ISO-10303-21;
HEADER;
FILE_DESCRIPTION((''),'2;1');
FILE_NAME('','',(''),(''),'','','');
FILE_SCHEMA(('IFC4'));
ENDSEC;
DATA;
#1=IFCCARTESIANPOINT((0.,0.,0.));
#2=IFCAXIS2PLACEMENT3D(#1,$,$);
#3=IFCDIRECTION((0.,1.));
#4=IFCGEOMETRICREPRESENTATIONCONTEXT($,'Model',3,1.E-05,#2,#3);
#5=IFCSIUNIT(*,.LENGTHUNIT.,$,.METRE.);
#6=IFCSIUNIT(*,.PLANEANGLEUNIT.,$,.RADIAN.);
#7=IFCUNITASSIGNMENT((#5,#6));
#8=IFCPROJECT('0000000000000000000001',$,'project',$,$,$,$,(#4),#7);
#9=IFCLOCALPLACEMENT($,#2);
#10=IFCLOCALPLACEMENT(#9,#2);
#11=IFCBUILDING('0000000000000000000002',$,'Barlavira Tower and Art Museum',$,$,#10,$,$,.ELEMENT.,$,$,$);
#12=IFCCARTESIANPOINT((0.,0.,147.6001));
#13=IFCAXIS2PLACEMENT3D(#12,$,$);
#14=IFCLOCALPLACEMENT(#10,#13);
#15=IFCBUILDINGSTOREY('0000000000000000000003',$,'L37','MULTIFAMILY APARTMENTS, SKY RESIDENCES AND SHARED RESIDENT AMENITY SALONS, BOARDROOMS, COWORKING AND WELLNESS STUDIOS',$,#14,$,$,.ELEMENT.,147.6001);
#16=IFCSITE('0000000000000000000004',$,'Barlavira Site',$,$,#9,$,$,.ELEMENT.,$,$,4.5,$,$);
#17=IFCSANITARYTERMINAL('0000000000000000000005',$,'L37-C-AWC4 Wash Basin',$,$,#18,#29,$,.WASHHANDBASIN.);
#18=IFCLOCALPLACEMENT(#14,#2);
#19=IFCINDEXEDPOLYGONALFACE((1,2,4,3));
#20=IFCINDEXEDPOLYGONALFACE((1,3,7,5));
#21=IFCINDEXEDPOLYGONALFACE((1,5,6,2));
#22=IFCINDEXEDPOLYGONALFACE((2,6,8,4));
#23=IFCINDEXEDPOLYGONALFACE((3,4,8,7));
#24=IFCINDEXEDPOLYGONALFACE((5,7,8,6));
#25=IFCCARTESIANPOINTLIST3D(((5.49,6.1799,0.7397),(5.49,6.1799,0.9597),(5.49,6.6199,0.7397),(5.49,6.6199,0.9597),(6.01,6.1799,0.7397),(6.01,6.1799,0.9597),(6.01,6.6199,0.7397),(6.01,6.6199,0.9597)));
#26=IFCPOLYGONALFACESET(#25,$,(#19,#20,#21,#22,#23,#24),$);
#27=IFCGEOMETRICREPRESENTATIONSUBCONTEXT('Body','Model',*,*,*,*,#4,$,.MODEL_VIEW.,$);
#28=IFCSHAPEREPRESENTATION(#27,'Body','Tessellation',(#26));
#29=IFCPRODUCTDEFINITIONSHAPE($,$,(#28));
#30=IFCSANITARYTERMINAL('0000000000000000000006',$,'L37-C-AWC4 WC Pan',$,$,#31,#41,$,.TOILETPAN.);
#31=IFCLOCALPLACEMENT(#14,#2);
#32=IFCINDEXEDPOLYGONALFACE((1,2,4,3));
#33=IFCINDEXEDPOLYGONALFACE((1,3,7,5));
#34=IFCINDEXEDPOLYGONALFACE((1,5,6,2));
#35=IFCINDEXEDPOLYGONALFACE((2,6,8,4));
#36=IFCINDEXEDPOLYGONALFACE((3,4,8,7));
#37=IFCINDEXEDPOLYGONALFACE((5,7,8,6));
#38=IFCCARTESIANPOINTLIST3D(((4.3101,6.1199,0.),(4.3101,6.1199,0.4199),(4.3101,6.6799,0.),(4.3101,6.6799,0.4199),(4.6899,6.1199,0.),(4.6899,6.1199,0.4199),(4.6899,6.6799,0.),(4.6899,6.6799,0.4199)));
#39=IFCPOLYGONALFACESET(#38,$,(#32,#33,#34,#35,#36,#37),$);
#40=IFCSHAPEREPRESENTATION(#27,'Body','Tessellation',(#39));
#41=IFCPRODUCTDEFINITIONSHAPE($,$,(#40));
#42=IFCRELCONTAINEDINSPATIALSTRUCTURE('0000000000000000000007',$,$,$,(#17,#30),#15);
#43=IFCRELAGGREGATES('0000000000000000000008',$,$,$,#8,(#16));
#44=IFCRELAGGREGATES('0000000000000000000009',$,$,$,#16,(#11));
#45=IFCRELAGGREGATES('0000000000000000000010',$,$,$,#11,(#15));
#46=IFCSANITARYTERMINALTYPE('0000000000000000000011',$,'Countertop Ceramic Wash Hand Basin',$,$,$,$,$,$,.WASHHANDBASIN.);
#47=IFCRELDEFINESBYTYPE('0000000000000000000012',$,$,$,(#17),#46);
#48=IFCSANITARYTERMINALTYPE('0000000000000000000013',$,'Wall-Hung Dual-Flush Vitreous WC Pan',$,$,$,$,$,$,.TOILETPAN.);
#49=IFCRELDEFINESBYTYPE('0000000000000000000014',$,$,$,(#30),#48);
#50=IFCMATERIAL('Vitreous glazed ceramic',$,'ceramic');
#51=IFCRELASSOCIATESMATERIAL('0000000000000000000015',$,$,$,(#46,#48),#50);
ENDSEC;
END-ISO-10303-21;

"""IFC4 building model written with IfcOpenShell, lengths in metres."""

from ifc_helpers import new_model, si_unit, direction, frame, origin, origin_2d, place, context, subcontext, project, spatial, rectangle, extrude, material, type_object, element, save


model = new_model("IFC4")

# Units and contexts
model_context = context("Model", 3, precision=1e-05, world=origin(), true_north=direction((0.0, 1.0)))
body_context = subcontext(model_context, "Body", "Model", "MODEL_VIEW")
ifc_project = project(units=[si_unit("LENGTHUNIT", "METRE"), si_unit("PLANEANGLEUNIT", "RADIAN")], contexts=[model_context])

# Site, building, storey
site_placement = place(None, origin())
site = spatial("IfcSite", under=ifc_project, at=site_placement, Name="Barlavira Site", CompositionType="ELEMENT", RefElevation=4.5)
building_placement = place(site_placement, origin())
building = spatial("IfcBuilding", under=site, at=building_placement, Name="Barlavira Tower and Art Museum", CompositionType="ELEMENT")
storey_placement = place(building_placement, frame((0.0, 0.0, 147.6001)))
storey = spatial("IfcBuildingStorey", under=building, at=storey_placement, Name="L37", Description="MULTIFAMILY APARTMENTS, SKY RESIDENCES AND SHARED RESIDENT AMENITY SALONS, BOARDROOMS, COWORKING AND WELLNESS STUDIOS", CompositionType="ELEMENT", Elevation=147.6001)

# Sanitary terminals
ifc_material_1 = material(Name="Vitreous glazed ceramic", Category="ceramic")
sanitary_terminal_type_1 = type_object("IfcSanitaryTerminalType", Name="Countertop Ceramic Wash Hand Basin", PredefinedType="WASHHANDBASIN", material=ifc_material_1)
sanitary_terminal_1_placement = place(storey_placement, frame((5.75, 6.3999, 0.7397), z_axis=(0.0, 0.0, 1.0), x_axis=(1.0, 0.0, 0.0)))
element("IfcSanitaryTerminal", 1, at=sanitary_terminal_1_placement, inside=storey, type_object=sanitary_terminal_type_1, Name="L37-C-AWC4 Wash Basin", PredefinedType="WASHHANDBASIN", context=body_context, shape_type="SweptSolid", body=[
    extrude(rectangle(XDim=0.52, YDim=0.4399, at=origin_2d()), origin(), (0.0, 0.0, 1.0), 0.22),
])
sanitary_terminal_type_2 = type_object("IfcSanitaryTerminalType", Name="Wall-Hung Dual-Flush Vitreous WC Pan", PredefinedType="TOILETPAN", material=ifc_material_1)
sanitary_terminal_2_placement = place(storey_placement, frame((4.5, 6.3999, 0.0), z_axis=(0.0, 0.0, 1.0), x_axis=(1.0, 0.0, 0.0)))
element("IfcSanitaryTerminal", 2, at=sanitary_terminal_2_placement, inside=storey, type_object=sanitary_terminal_type_2, Name="L37-C-AWC4 WC Pan", PredefinedType="TOILETPAN", context=body_context, shape_type="SweptSolid", body=[
    extrude(rectangle(XDim=0.3799, YDim=0.5601, at=origin_2d()), origin(), (0.0, 0.0, 1.0), 0.4199),
])

save(model, "model.ifc")
